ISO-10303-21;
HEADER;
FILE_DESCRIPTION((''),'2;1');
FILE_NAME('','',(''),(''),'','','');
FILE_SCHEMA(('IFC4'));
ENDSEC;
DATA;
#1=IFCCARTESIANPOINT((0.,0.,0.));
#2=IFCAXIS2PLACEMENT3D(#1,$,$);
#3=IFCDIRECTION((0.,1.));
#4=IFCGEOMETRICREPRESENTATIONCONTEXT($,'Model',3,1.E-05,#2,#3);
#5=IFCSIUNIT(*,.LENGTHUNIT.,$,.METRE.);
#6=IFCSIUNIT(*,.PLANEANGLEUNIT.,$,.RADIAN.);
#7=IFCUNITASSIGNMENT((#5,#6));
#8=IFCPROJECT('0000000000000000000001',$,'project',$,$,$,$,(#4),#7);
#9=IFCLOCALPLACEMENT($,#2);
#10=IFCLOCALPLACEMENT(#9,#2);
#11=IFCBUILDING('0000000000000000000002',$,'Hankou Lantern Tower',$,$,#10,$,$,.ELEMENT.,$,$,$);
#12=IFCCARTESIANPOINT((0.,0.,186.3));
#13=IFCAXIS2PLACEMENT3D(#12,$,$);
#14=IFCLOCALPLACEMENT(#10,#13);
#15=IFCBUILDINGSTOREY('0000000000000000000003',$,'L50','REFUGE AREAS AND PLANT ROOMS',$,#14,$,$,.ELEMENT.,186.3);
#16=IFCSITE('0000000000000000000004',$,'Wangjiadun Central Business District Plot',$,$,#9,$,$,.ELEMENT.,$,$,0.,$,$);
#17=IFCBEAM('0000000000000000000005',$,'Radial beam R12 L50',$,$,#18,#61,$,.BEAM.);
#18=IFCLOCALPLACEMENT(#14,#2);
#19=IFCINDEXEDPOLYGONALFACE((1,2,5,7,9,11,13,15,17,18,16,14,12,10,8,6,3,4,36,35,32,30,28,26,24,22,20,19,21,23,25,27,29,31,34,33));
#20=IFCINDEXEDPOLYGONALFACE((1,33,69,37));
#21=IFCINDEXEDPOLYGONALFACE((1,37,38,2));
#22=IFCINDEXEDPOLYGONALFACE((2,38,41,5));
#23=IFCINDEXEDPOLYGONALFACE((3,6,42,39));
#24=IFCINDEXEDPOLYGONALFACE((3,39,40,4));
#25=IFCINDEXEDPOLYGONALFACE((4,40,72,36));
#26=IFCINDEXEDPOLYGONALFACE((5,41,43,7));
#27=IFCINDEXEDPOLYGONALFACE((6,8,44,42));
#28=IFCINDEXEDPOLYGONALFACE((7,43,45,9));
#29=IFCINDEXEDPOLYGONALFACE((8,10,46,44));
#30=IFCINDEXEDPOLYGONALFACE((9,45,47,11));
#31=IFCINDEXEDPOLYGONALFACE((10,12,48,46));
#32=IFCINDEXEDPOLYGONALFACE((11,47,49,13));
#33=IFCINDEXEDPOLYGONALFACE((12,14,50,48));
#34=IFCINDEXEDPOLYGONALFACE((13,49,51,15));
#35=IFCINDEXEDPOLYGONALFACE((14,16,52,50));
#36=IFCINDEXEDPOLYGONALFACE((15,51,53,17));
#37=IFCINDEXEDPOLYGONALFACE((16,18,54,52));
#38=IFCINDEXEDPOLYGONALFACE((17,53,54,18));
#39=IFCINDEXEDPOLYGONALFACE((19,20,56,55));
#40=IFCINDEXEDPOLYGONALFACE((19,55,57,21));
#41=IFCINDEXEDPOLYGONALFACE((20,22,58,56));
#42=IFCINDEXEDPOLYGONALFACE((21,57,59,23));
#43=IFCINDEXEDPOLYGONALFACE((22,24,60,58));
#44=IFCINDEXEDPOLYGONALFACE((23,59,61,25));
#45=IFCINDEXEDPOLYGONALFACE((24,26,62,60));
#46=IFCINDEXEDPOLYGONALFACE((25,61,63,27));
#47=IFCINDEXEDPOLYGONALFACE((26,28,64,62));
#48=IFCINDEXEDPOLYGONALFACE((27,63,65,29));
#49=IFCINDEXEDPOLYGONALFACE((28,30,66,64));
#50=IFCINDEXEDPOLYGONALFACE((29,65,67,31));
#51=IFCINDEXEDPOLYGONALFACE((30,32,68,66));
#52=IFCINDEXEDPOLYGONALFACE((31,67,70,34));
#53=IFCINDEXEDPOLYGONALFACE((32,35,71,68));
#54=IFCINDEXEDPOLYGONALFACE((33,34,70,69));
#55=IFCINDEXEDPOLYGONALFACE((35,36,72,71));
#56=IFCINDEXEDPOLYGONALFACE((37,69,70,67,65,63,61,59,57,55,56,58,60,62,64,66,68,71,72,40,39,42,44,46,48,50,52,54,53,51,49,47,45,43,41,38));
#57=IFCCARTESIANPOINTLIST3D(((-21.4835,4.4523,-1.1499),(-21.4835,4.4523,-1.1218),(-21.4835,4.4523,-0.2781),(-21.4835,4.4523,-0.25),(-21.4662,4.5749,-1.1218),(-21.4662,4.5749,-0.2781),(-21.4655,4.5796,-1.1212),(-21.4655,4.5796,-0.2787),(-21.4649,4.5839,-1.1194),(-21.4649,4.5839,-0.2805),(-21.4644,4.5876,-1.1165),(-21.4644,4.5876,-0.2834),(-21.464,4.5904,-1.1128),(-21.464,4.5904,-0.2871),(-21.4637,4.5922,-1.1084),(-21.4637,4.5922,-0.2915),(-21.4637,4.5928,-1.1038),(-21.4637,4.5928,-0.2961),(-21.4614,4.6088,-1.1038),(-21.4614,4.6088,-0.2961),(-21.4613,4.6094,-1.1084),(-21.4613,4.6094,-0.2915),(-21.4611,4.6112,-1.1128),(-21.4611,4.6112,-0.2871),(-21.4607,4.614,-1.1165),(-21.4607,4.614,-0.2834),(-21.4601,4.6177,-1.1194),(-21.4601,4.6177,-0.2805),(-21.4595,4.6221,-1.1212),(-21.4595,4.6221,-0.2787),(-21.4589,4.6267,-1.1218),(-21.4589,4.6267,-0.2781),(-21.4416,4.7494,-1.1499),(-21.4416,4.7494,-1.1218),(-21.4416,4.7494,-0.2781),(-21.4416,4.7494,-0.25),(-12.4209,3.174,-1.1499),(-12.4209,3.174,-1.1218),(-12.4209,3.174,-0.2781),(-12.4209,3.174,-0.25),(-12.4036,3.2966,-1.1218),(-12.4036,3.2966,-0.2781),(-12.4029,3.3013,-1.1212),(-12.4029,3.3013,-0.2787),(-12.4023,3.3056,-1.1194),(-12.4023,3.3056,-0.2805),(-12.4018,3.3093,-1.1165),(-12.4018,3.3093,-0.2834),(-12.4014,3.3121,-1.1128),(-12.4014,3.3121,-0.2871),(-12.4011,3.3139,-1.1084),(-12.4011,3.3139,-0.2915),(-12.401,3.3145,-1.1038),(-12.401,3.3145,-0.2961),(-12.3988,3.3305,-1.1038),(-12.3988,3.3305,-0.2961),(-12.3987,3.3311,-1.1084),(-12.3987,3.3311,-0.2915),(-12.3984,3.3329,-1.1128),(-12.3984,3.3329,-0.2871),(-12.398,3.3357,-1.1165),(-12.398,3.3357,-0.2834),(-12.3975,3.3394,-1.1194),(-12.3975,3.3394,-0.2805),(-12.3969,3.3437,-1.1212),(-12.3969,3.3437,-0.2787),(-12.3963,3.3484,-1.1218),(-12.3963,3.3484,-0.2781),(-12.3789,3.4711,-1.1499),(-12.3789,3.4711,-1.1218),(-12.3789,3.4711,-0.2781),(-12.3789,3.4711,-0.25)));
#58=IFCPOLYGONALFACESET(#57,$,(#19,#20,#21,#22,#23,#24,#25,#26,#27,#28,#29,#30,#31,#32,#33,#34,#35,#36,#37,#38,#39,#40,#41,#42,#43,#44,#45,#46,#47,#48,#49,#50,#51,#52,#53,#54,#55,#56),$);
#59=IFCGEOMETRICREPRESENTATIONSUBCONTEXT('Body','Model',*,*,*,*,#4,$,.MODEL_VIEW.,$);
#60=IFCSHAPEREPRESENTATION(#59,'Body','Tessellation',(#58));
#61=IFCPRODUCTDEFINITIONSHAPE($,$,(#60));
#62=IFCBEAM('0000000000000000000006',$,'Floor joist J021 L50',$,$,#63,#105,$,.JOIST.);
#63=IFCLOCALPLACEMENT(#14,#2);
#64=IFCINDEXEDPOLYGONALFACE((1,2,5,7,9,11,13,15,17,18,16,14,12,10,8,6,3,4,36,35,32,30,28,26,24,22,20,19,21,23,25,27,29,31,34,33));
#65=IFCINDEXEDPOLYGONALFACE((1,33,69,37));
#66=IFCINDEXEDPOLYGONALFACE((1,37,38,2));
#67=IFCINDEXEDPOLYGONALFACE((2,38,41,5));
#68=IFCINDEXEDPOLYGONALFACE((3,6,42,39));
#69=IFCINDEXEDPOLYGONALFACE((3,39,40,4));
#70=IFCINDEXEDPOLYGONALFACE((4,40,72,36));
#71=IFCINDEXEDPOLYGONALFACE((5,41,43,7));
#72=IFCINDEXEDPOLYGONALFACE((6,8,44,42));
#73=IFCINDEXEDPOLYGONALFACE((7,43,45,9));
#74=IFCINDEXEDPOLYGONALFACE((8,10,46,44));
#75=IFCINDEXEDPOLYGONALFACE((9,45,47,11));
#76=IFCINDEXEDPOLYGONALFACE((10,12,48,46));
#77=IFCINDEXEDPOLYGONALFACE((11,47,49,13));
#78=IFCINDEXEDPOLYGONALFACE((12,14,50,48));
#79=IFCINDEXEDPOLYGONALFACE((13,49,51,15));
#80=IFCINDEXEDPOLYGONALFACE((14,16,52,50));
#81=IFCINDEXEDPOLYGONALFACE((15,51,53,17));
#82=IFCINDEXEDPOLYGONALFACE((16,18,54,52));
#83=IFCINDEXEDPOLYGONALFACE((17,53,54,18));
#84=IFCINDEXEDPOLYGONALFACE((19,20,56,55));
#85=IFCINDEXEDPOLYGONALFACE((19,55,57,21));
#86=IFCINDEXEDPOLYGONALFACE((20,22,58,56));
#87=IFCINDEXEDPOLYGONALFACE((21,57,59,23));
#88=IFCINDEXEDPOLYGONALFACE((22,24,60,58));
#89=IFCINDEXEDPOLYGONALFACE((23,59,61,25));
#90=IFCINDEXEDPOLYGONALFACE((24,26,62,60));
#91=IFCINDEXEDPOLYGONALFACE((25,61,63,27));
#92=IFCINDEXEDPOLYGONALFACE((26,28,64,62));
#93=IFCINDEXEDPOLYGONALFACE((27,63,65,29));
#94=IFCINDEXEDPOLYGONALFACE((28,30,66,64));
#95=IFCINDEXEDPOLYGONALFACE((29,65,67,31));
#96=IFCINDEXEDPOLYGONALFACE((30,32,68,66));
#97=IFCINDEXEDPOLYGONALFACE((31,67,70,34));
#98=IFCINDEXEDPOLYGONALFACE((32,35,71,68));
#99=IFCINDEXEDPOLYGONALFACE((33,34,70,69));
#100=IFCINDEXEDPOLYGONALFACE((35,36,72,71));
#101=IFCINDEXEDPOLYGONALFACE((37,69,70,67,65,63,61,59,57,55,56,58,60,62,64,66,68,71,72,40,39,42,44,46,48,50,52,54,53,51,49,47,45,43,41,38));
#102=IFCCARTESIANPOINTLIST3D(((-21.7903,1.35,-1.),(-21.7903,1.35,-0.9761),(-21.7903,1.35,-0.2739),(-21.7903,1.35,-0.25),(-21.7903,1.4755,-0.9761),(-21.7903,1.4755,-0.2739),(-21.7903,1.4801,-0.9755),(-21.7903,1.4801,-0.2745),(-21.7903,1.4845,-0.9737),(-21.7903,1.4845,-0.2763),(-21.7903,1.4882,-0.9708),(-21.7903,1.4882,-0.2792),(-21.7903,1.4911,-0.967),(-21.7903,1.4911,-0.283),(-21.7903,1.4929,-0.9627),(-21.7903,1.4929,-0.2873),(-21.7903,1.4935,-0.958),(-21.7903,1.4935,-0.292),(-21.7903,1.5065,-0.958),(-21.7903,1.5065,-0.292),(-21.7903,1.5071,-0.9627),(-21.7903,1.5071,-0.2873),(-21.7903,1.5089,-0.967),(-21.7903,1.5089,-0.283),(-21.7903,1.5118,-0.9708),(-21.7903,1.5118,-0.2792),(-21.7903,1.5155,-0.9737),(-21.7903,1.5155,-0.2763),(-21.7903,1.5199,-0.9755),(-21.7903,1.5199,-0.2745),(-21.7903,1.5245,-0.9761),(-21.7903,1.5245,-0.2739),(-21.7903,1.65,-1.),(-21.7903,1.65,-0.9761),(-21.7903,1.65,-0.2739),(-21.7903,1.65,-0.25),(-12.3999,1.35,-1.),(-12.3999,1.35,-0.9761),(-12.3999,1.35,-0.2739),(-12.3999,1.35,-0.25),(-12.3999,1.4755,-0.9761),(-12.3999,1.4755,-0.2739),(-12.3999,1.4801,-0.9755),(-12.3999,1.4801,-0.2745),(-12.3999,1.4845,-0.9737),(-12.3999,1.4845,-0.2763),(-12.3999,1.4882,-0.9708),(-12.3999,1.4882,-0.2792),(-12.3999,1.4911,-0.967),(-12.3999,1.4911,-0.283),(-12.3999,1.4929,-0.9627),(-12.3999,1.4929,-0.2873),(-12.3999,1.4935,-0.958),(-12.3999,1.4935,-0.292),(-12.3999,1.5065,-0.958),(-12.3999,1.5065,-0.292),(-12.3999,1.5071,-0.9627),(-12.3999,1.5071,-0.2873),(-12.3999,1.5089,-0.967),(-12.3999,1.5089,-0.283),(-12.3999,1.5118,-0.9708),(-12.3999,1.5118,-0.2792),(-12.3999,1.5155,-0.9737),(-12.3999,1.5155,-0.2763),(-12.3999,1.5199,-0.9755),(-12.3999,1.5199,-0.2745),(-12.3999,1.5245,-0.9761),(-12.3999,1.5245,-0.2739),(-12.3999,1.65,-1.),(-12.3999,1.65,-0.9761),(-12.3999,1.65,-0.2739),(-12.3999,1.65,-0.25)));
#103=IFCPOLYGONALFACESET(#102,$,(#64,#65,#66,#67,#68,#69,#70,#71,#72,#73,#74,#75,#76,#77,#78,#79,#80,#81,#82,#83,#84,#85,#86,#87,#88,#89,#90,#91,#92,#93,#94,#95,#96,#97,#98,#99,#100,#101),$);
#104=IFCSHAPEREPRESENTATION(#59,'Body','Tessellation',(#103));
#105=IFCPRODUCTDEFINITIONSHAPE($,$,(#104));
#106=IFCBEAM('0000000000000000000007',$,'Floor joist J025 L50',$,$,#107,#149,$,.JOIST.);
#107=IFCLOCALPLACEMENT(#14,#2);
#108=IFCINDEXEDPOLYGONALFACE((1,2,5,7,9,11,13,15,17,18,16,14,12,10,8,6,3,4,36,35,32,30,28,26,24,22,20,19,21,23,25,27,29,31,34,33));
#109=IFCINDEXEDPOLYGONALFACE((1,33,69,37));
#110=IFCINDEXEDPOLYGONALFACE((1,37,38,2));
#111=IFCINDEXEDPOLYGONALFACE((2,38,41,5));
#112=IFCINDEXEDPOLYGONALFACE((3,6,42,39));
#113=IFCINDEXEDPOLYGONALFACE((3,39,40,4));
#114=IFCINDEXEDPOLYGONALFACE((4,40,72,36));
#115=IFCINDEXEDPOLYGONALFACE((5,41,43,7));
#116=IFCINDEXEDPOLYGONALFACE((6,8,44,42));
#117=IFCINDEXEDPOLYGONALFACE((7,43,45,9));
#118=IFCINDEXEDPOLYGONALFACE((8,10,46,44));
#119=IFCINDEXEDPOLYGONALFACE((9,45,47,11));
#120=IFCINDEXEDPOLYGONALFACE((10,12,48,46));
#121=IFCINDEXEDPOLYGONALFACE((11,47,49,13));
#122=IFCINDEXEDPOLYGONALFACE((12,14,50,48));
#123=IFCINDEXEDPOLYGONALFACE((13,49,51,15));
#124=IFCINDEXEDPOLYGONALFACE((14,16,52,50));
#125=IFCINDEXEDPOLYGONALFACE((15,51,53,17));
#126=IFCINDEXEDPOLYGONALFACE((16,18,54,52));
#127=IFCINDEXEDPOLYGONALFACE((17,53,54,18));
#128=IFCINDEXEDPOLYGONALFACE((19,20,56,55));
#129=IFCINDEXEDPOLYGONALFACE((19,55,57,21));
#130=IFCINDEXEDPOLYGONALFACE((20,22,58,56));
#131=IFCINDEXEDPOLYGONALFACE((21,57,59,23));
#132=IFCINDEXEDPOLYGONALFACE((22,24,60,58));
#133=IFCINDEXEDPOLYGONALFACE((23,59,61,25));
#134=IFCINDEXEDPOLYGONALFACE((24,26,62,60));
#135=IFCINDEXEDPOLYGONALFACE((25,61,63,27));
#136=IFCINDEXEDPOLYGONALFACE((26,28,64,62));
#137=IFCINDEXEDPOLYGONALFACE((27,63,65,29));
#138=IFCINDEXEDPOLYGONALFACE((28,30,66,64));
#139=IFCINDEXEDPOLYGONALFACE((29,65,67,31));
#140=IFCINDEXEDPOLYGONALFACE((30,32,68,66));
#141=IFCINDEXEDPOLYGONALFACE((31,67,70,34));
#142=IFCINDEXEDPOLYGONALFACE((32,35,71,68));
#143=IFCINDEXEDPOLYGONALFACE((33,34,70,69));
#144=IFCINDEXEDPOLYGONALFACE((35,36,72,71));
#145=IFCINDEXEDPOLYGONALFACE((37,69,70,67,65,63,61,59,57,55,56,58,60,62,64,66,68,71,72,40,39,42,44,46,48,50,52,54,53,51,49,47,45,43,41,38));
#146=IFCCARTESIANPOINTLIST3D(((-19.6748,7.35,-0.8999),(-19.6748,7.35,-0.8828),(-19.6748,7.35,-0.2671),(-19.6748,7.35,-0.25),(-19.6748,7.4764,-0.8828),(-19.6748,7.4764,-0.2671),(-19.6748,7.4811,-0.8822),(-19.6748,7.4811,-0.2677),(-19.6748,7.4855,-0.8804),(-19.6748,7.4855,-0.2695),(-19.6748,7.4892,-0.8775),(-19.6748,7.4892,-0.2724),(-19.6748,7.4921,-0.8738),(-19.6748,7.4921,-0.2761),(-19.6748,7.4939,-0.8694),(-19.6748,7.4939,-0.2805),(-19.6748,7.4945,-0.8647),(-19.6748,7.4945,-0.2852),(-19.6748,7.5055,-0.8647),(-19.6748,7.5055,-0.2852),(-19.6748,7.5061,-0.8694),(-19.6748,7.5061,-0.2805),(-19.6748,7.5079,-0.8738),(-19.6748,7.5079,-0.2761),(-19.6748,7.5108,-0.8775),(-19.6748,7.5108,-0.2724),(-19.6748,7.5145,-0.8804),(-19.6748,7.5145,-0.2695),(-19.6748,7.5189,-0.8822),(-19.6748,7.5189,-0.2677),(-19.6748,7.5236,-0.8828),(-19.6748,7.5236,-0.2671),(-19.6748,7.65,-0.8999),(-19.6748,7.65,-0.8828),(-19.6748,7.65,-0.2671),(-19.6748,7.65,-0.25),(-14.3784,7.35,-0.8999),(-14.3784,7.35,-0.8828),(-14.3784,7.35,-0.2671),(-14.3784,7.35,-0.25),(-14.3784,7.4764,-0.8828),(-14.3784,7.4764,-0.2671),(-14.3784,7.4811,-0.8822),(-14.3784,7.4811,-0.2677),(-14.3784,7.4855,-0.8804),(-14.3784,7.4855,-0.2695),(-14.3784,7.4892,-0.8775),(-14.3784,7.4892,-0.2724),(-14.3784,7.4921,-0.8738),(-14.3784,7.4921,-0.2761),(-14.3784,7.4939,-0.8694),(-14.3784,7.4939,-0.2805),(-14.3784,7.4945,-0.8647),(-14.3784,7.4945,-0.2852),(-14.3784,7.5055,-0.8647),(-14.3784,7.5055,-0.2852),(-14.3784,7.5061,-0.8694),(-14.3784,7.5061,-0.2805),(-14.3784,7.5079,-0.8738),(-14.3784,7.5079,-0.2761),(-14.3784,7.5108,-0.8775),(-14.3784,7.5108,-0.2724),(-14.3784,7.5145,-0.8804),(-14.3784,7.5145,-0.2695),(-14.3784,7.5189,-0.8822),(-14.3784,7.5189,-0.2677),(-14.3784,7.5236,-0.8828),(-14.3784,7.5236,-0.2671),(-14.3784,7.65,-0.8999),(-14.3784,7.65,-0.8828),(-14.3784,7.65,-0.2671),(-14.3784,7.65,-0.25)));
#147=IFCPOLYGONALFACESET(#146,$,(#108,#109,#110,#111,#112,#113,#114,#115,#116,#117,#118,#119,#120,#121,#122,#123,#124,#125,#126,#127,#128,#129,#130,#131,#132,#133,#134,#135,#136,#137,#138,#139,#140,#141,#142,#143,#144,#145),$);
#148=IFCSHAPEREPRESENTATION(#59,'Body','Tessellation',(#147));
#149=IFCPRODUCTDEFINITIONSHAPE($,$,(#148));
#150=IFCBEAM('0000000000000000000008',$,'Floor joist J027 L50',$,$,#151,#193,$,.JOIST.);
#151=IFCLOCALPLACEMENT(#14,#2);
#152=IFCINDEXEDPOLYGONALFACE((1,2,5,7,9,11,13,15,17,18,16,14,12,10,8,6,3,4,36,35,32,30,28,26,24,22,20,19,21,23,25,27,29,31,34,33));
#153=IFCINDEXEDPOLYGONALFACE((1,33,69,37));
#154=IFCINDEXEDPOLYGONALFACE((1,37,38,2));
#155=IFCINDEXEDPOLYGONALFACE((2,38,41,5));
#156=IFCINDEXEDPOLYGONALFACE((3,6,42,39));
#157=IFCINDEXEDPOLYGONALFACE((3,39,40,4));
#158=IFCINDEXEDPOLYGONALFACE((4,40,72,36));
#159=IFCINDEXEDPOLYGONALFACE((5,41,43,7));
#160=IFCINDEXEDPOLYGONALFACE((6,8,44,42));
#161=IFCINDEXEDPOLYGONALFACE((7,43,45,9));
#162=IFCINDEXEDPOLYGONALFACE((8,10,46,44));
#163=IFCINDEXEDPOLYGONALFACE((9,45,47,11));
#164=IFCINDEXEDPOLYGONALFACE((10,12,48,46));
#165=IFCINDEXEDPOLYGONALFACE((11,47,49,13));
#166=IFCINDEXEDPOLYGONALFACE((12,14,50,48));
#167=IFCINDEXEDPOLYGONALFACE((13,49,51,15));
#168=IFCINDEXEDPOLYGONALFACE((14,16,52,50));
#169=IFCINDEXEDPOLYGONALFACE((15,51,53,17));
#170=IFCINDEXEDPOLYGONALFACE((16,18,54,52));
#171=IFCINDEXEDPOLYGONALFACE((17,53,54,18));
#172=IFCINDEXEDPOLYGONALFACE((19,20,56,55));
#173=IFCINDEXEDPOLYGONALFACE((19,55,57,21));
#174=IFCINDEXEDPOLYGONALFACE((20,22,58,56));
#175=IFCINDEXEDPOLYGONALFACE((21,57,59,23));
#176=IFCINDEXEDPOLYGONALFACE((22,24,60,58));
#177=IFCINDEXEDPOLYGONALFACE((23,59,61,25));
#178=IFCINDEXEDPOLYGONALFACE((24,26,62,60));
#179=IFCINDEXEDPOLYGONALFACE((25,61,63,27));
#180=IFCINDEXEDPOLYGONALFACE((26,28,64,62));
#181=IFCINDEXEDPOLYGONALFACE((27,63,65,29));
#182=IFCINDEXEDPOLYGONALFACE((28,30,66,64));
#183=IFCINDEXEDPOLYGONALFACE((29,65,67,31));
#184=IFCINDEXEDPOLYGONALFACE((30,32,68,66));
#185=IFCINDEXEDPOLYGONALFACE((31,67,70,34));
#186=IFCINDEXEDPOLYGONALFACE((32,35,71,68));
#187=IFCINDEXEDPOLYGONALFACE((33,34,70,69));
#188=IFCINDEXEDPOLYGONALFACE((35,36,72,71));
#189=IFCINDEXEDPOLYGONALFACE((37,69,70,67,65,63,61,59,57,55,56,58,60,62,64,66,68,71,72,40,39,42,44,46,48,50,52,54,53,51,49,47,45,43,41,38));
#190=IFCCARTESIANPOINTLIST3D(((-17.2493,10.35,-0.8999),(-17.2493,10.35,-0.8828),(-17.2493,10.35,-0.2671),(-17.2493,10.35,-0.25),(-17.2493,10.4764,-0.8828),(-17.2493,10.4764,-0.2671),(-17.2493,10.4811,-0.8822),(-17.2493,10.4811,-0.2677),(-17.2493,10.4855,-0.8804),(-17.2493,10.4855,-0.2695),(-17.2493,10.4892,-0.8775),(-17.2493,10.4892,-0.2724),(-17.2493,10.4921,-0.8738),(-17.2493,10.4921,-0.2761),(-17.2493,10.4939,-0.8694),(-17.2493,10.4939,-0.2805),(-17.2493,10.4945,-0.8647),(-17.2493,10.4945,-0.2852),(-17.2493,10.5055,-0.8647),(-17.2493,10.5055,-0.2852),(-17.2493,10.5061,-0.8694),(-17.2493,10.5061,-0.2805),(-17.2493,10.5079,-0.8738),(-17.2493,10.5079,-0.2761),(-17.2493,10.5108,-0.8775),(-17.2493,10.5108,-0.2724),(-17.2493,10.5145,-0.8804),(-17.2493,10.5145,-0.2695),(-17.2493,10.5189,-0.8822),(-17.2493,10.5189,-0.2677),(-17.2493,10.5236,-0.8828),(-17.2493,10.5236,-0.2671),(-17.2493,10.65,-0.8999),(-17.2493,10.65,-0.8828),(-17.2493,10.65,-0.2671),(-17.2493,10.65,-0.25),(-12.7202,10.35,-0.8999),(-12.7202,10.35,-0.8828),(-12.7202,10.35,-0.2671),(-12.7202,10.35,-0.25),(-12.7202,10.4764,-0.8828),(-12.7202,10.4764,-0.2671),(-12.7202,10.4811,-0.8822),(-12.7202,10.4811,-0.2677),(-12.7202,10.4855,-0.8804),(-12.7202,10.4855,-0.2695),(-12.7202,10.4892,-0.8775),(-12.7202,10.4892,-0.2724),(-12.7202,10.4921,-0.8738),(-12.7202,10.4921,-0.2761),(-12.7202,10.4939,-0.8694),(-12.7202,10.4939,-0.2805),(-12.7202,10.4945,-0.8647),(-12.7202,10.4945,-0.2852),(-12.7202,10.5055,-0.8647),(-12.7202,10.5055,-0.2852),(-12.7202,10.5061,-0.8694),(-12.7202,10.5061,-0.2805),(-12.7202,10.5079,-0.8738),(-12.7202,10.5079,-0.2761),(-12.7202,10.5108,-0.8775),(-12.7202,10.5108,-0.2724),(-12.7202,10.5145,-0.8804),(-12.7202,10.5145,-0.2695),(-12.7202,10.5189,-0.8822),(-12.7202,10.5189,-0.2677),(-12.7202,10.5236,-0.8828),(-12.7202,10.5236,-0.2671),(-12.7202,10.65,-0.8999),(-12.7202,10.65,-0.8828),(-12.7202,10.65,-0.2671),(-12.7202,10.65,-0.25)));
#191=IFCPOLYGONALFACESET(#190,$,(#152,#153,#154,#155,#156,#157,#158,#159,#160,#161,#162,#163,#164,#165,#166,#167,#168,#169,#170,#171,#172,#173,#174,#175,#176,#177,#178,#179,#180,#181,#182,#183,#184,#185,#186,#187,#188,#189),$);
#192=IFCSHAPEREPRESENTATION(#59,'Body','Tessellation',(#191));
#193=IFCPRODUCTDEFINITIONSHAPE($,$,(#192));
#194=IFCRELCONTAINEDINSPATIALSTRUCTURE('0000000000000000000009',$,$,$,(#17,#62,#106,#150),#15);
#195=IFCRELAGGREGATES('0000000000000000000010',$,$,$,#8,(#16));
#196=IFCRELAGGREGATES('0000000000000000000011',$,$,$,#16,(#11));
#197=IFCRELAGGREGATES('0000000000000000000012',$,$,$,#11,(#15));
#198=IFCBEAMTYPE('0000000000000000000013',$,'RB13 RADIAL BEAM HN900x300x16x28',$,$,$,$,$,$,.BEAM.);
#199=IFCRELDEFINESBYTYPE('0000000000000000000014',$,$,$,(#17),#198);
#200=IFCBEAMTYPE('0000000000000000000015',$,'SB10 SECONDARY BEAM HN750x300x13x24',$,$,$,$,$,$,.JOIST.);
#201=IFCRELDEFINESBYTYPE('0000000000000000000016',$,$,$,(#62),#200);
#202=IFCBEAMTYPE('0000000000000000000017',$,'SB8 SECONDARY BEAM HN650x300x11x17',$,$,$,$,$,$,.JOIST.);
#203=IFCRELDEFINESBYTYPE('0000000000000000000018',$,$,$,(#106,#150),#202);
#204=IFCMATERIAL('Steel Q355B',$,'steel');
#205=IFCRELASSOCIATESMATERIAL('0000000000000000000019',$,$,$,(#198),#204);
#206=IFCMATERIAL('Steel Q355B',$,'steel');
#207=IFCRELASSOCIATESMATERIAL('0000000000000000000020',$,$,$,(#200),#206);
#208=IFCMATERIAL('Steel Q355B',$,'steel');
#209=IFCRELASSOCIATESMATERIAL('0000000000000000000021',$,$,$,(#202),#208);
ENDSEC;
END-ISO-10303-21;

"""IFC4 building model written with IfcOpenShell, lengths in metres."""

from ifc_helpers import new_model, si_unit, direction, frame, origin, origin_2d, place, context, subcontext, project, spatial, i_section, extrude, material, material_profile, profile_set, type_object, element, save


model = new_model("IFC4")

# Units and contexts
model_context = context("Model", 3, precision=1e-05, world=origin(), true_north=direction((0.0, 1.0)))
body_context = subcontext(model_context, "Body", "Model", "MODEL_VIEW")
ifc_project = project(units=[si_unit("LENGTHUNIT", "METRE"), si_unit("PLANEANGLEUNIT", "RADIAN")], contexts=[model_context])

# Site, building, storey
site_placement = place(None, origin())
site = spatial("IfcSite", under=ifc_project, at=site_placement, Name="Wangjiadun Central Business District Plot", CompositionType="ELEMENT", RefElevation=0.0)
building_placement = place(site_placement, origin())
building = spatial("IfcBuilding", under=site, at=building_placement, Name="Hankou Lantern Tower", CompositionType="ELEMENT")
storey_placement = place(building_placement, frame((0.0, 0.0, 186.3)))
storey = spatial("IfcBuildingStorey", under=building, at=storey_placement, Name="L50", Description="REFUGE AREAS AND PLANT ROOMS", CompositionType="ELEMENT", Elevation=186.3)

# Beams
ifc_material_1 = material(Name="Steel Q355B", Category="steel")
ifc_material_profile_1 = material_profile(ifc_material_1, i_section(OverallWidth=0.3, OverallDepth=0.8999, WebThickness=0.0161, FlangeThickness=0.0281, FilletRadius=0.0181, at=origin_2d()), Name="HN900x300x16x28")
ifc_profile_set_1 = profile_set([ifc_material_profile_1], Name="Steel Q355B")
beam_type_1 = type_object("IfcBeamType", Name="RB13 RADIAL BEAM HN900x300x16x28", PredefinedType="BEAM", material=ifc_profile_set_1)
beam_1_placement = place(storey_placement, frame((-12.3999, 3.3225, -0.7), z_axis=(-0.990198, 0.13967, 0.0), x_axis=(-0.13967, -0.990198, 0.0)))
element("IfcBeam", 1, at=beam_1_placement, inside=storey, type_object=beam_type_1, Name="Radial beam R12 L50", PredefinedType="BEAM", context=body_context, shape_type="SweptSolid", body=[
    extrude(i_section(OverallWidth=0.3, OverallDepth=0.8999, WebThickness=0.0161, FlangeThickness=0.0281, FilletRadius=0.0181, at=origin_2d()), origin(), (0.0, 0.0, 1.0), 9.1523),
])
ifc_material_2 = material(Name="Steel Q355B", Category="steel")
ifc_material_profile_2 = material_profile(ifc_material_2, i_section(OverallWidth=0.3, OverallDepth=0.75, WebThickness=0.0129, FlangeThickness=0.0239, FilletRadius=0.0181, at=origin_2d()), Name="HN750x300x13x24")
ifc_profile_set_2 = profile_set([ifc_material_profile_2], Name="Steel Q355B")
beam_type_2 = type_object("IfcBeamType", Name="SB10 SECONDARY BEAM HN750x300x13x24", PredefinedType="JOIST", material=ifc_profile_set_2)
beam_2_placement = place(storey_placement, frame((-21.7903, 1.5, -0.625), z_axis=(1.0, 0.0, 0.0), x_axis=(0.0, 1.0, 0.0)))
element("IfcBeam", 2, at=beam_2_placement, inside=storey, type_object=beam_type_2, Name="Floor joist J021 L50", PredefinedType="JOIST", context=body_context, shape_type="SweptSolid", body=[
    extrude(i_section(OverallWidth=0.3, OverallDepth=0.75, WebThickness=0.0129, FlangeThickness=0.0239, FilletRadius=0.0181, at=origin_2d()), origin(), (0.0, 0.0, 1.0), 9.3904),
])
ifc_material_3 = material(Name="Steel Q355B", Category="steel")
ifc_material_profile_3 = material_profile(ifc_material_3, i_section(OverallWidth=0.3, OverallDepth=0.6499, WebThickness=0.011, FlangeThickness=0.0171, FilletRadius=0.0181, at=origin_2d()), Name="HN650x300x11x17")
ifc_profile_set_3 = profile_set([ifc_material_profile_3], Name="Steel Q355B")
beam_type_3 = type_object("IfcBeamType", Name="SB8 SECONDARY BEAM HN650x300x11x17", PredefinedType="JOIST", material=ifc_profile_set_3)
beam_3_placement = place(storey_placement, frame((-19.6748, 7.5, -0.575), z_axis=(1.0, 0.0, 0.0), x_axis=(0.0, 1.0, 0.0)))
element("IfcBeam", 3, at=beam_3_placement, inside=storey, type_object=beam_type_3, Name="Floor joist J025 L50", PredefinedType="JOIST", context=body_context, shape_type="SweptSolid", body=[
    extrude(i_section(OverallWidth=0.3, OverallDepth=0.6499, WebThickness=0.011, FlangeThickness=0.0171, FilletRadius=0.0181, at=origin_2d()), origin(), (0.0, 0.0, 1.0), 5.2964),
])
beam_4_placement = place(storey_placement, frame((-17.2493, 10.5, -0.575), z_axis=(1.0, 0.0, 0.0), x_axis=(0.0, 1.0, 0.0)))
element("IfcBeam", 4, at=beam_4_placement, inside=storey, type_object=beam_type_3, Name="Floor joist J027 L50", PredefinedType="JOIST", context=body_context, shape_type="SweptSolid", body=[
    extrude(i_section(OverallWidth=0.3, OverallDepth=0.6499, WebThickness=0.011, FlangeThickness=0.0171, FilletRadius=0.0181, at=origin_2d()), origin(), (0.0, 0.0, 1.0), 4.5291),
])

save(model, "model.ifc")
